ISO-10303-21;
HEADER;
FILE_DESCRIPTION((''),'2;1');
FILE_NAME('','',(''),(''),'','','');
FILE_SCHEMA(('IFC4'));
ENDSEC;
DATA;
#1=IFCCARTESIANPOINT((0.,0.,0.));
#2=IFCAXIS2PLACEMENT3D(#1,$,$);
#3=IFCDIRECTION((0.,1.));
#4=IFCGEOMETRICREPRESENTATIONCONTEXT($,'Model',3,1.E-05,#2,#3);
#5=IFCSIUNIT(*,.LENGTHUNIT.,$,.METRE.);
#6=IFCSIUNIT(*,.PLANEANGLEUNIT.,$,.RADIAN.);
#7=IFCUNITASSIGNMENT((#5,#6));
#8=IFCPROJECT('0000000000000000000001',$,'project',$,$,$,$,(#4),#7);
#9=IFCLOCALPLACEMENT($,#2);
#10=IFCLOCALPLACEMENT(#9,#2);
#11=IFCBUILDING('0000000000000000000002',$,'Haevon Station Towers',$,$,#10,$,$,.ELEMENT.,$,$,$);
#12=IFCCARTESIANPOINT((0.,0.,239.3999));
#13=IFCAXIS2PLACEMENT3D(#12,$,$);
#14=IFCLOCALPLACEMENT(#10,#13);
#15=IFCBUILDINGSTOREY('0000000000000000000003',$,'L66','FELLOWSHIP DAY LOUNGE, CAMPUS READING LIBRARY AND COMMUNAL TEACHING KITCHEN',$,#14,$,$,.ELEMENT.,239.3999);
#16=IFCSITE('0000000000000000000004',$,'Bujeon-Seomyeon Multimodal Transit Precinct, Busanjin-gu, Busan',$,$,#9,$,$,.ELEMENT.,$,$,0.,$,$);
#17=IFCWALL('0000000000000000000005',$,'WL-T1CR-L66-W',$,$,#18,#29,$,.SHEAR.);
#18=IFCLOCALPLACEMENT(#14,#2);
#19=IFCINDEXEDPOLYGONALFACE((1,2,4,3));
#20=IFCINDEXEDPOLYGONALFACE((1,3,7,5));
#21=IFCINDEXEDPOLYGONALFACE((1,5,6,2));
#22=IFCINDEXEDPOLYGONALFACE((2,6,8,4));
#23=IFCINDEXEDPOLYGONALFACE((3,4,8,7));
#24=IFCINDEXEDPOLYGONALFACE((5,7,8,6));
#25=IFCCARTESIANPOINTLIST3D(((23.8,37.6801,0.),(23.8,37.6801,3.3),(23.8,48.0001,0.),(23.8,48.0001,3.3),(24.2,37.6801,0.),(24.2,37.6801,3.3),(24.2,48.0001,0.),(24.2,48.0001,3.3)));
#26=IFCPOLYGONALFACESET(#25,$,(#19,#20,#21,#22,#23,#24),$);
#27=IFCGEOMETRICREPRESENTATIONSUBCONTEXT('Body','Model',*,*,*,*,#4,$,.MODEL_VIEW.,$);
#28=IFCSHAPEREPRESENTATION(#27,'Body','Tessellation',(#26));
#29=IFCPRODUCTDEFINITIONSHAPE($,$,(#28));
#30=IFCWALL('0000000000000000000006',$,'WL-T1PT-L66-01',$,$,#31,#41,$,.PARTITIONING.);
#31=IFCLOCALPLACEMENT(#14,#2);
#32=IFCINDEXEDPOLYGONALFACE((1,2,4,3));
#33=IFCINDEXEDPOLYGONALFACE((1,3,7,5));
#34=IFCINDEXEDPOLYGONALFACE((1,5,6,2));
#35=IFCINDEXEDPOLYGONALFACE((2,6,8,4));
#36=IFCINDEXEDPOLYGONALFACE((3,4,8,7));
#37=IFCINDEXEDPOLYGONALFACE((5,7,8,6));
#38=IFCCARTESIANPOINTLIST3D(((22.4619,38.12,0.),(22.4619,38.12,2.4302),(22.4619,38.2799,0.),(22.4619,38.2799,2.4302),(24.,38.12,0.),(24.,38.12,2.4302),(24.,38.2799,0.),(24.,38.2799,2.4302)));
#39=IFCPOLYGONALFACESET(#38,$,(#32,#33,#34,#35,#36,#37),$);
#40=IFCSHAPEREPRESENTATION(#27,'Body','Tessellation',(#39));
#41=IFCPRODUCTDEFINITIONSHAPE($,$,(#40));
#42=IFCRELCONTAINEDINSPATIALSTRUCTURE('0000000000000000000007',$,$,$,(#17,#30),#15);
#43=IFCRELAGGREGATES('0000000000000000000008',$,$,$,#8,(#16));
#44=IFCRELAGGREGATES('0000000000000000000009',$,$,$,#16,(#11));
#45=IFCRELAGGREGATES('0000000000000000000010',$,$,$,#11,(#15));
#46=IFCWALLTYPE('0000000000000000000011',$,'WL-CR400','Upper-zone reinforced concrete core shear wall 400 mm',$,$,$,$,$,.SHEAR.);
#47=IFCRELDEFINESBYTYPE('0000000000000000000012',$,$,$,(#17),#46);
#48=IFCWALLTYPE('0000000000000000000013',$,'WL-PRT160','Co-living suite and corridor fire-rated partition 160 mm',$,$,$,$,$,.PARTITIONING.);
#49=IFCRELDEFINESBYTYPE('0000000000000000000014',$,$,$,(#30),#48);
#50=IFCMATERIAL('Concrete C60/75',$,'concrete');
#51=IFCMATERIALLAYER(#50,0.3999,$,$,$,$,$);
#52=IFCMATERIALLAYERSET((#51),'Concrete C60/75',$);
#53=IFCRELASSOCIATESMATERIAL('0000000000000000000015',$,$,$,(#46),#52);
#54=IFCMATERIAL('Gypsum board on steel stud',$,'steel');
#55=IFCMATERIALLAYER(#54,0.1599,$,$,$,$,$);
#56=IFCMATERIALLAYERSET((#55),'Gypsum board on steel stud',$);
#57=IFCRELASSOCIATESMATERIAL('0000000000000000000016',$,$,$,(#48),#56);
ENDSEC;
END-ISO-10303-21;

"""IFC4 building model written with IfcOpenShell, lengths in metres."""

from ifc_helpers import new_model, si_unit, direction, frame, frame_2d, origin, place, context, subcontext, project, spatial, rectangle, extrude, material, layer, layer_set, type_object, element, save


model = new_model("IFC4")

# Units and contexts
model_context = context("Model", 3, precision=1e-05, world=origin(), true_north=direction((0.0, 1.0)))
body_context = subcontext(model_context, "Body", "Model", "MODEL_VIEW")
ifc_project = project(units=[si_unit("LENGTHUNIT", "METRE"), si_unit("PLANEANGLEUNIT", "RADIAN")], contexts=[model_context])

# Site, building, storey
site_placement = place(None, origin())
site = spatial("IfcSite", under=ifc_project, at=site_placement, Name="Bujeon-Seomyeon Multimodal Transit Precinct, Busanjin-gu, Busan", CompositionType="ELEMENT", RefElevation=0.0)
building_placement = place(site_placement, origin())
building = spatial("IfcBuilding", under=site, at=building_placement, Name="Haevon Station Towers", CompositionType="ELEMENT")
storey_placement = place(building_placement, frame((0.0, 0.0, 239.3999)))
storey = spatial("IfcBuildingStorey", under=building, at=storey_placement, Name="L66", Description="FELLOWSHIP DAY LOUNGE, CAMPUS READING LIBRARY AND COMMUNAL TEACHING KITCHEN", CompositionType="ELEMENT", Elevation=239.3999)

# Shared definitions
ifc_material_1 = material(Name="Gypsum board on steel stud", Category="steel")

# Walls
ifc_material_2 = material(Name="Concrete C60/75", Category="concrete")
ifc_layer_1 = layer(ifc_material_2, 0.3999)
ifc_layer_set_1 = layer_set([ifc_layer_1], Name="Concrete C60/75")
wall_type_1 = type_object("IfcWallType", Name="WL-CR400", Description="Upper-zone reinforced concrete core shear wall 400 mm", PredefinedType="SHEAR", material=ifc_layer_set_1)
wall_1_placement = place(storey_placement, frame((24.0, 37.6799, 0.0), z_axis=(0.0, 0.0, 1.0), x_axis=(0.0, 1.0, 0.0)))
element("IfcWall", 1, at=wall_1_placement, inside=storey, type_object=wall_type_1, Name="WL-T1CR-L66-W", PredefinedType="SHEAR", context=body_context, shape_type="SweptSolid", body=[
    extrude(rectangle(XDim=10.3201, YDim=0.3999, at=frame_2d((5.1602, 0.0))), origin(), (0.0, 0.0, 1.0), 3.3),
])
ifc_layer_2 = layer(ifc_material_1, 0.1599)
ifc_layer_set_2 = layer_set([ifc_layer_2], Name="Gypsum board on steel stud")
wall_type_2 = type_object("IfcWallType", Name="WL-PRT160", Description="Co-living suite and corridor fire-rated partition 160 mm", PredefinedType="PARTITIONING", material=ifc_layer_set_2)
wall_2_placement = place(storey_placement, frame((22.4619, 38.2, 0.0), z_axis=(0.0, 0.0, 1.0), x_axis=(1.0, 0.0, 0.0)))
element("IfcWall", 2, at=wall_2_placement, inside=storey, type_object=wall_type_2, Name="WL-T1PT-L66-01", PredefinedType="PARTITIONING", context=body_context, shape_type="SweptSolid", body=[
    extrude(rectangle(XDim=1.5381, YDim=0.1599, at=frame_2d((0.769, 0.0))), origin(), (0.0, 0.0, 1.0), 2.4302),
])

save(model, "model.ifc")
